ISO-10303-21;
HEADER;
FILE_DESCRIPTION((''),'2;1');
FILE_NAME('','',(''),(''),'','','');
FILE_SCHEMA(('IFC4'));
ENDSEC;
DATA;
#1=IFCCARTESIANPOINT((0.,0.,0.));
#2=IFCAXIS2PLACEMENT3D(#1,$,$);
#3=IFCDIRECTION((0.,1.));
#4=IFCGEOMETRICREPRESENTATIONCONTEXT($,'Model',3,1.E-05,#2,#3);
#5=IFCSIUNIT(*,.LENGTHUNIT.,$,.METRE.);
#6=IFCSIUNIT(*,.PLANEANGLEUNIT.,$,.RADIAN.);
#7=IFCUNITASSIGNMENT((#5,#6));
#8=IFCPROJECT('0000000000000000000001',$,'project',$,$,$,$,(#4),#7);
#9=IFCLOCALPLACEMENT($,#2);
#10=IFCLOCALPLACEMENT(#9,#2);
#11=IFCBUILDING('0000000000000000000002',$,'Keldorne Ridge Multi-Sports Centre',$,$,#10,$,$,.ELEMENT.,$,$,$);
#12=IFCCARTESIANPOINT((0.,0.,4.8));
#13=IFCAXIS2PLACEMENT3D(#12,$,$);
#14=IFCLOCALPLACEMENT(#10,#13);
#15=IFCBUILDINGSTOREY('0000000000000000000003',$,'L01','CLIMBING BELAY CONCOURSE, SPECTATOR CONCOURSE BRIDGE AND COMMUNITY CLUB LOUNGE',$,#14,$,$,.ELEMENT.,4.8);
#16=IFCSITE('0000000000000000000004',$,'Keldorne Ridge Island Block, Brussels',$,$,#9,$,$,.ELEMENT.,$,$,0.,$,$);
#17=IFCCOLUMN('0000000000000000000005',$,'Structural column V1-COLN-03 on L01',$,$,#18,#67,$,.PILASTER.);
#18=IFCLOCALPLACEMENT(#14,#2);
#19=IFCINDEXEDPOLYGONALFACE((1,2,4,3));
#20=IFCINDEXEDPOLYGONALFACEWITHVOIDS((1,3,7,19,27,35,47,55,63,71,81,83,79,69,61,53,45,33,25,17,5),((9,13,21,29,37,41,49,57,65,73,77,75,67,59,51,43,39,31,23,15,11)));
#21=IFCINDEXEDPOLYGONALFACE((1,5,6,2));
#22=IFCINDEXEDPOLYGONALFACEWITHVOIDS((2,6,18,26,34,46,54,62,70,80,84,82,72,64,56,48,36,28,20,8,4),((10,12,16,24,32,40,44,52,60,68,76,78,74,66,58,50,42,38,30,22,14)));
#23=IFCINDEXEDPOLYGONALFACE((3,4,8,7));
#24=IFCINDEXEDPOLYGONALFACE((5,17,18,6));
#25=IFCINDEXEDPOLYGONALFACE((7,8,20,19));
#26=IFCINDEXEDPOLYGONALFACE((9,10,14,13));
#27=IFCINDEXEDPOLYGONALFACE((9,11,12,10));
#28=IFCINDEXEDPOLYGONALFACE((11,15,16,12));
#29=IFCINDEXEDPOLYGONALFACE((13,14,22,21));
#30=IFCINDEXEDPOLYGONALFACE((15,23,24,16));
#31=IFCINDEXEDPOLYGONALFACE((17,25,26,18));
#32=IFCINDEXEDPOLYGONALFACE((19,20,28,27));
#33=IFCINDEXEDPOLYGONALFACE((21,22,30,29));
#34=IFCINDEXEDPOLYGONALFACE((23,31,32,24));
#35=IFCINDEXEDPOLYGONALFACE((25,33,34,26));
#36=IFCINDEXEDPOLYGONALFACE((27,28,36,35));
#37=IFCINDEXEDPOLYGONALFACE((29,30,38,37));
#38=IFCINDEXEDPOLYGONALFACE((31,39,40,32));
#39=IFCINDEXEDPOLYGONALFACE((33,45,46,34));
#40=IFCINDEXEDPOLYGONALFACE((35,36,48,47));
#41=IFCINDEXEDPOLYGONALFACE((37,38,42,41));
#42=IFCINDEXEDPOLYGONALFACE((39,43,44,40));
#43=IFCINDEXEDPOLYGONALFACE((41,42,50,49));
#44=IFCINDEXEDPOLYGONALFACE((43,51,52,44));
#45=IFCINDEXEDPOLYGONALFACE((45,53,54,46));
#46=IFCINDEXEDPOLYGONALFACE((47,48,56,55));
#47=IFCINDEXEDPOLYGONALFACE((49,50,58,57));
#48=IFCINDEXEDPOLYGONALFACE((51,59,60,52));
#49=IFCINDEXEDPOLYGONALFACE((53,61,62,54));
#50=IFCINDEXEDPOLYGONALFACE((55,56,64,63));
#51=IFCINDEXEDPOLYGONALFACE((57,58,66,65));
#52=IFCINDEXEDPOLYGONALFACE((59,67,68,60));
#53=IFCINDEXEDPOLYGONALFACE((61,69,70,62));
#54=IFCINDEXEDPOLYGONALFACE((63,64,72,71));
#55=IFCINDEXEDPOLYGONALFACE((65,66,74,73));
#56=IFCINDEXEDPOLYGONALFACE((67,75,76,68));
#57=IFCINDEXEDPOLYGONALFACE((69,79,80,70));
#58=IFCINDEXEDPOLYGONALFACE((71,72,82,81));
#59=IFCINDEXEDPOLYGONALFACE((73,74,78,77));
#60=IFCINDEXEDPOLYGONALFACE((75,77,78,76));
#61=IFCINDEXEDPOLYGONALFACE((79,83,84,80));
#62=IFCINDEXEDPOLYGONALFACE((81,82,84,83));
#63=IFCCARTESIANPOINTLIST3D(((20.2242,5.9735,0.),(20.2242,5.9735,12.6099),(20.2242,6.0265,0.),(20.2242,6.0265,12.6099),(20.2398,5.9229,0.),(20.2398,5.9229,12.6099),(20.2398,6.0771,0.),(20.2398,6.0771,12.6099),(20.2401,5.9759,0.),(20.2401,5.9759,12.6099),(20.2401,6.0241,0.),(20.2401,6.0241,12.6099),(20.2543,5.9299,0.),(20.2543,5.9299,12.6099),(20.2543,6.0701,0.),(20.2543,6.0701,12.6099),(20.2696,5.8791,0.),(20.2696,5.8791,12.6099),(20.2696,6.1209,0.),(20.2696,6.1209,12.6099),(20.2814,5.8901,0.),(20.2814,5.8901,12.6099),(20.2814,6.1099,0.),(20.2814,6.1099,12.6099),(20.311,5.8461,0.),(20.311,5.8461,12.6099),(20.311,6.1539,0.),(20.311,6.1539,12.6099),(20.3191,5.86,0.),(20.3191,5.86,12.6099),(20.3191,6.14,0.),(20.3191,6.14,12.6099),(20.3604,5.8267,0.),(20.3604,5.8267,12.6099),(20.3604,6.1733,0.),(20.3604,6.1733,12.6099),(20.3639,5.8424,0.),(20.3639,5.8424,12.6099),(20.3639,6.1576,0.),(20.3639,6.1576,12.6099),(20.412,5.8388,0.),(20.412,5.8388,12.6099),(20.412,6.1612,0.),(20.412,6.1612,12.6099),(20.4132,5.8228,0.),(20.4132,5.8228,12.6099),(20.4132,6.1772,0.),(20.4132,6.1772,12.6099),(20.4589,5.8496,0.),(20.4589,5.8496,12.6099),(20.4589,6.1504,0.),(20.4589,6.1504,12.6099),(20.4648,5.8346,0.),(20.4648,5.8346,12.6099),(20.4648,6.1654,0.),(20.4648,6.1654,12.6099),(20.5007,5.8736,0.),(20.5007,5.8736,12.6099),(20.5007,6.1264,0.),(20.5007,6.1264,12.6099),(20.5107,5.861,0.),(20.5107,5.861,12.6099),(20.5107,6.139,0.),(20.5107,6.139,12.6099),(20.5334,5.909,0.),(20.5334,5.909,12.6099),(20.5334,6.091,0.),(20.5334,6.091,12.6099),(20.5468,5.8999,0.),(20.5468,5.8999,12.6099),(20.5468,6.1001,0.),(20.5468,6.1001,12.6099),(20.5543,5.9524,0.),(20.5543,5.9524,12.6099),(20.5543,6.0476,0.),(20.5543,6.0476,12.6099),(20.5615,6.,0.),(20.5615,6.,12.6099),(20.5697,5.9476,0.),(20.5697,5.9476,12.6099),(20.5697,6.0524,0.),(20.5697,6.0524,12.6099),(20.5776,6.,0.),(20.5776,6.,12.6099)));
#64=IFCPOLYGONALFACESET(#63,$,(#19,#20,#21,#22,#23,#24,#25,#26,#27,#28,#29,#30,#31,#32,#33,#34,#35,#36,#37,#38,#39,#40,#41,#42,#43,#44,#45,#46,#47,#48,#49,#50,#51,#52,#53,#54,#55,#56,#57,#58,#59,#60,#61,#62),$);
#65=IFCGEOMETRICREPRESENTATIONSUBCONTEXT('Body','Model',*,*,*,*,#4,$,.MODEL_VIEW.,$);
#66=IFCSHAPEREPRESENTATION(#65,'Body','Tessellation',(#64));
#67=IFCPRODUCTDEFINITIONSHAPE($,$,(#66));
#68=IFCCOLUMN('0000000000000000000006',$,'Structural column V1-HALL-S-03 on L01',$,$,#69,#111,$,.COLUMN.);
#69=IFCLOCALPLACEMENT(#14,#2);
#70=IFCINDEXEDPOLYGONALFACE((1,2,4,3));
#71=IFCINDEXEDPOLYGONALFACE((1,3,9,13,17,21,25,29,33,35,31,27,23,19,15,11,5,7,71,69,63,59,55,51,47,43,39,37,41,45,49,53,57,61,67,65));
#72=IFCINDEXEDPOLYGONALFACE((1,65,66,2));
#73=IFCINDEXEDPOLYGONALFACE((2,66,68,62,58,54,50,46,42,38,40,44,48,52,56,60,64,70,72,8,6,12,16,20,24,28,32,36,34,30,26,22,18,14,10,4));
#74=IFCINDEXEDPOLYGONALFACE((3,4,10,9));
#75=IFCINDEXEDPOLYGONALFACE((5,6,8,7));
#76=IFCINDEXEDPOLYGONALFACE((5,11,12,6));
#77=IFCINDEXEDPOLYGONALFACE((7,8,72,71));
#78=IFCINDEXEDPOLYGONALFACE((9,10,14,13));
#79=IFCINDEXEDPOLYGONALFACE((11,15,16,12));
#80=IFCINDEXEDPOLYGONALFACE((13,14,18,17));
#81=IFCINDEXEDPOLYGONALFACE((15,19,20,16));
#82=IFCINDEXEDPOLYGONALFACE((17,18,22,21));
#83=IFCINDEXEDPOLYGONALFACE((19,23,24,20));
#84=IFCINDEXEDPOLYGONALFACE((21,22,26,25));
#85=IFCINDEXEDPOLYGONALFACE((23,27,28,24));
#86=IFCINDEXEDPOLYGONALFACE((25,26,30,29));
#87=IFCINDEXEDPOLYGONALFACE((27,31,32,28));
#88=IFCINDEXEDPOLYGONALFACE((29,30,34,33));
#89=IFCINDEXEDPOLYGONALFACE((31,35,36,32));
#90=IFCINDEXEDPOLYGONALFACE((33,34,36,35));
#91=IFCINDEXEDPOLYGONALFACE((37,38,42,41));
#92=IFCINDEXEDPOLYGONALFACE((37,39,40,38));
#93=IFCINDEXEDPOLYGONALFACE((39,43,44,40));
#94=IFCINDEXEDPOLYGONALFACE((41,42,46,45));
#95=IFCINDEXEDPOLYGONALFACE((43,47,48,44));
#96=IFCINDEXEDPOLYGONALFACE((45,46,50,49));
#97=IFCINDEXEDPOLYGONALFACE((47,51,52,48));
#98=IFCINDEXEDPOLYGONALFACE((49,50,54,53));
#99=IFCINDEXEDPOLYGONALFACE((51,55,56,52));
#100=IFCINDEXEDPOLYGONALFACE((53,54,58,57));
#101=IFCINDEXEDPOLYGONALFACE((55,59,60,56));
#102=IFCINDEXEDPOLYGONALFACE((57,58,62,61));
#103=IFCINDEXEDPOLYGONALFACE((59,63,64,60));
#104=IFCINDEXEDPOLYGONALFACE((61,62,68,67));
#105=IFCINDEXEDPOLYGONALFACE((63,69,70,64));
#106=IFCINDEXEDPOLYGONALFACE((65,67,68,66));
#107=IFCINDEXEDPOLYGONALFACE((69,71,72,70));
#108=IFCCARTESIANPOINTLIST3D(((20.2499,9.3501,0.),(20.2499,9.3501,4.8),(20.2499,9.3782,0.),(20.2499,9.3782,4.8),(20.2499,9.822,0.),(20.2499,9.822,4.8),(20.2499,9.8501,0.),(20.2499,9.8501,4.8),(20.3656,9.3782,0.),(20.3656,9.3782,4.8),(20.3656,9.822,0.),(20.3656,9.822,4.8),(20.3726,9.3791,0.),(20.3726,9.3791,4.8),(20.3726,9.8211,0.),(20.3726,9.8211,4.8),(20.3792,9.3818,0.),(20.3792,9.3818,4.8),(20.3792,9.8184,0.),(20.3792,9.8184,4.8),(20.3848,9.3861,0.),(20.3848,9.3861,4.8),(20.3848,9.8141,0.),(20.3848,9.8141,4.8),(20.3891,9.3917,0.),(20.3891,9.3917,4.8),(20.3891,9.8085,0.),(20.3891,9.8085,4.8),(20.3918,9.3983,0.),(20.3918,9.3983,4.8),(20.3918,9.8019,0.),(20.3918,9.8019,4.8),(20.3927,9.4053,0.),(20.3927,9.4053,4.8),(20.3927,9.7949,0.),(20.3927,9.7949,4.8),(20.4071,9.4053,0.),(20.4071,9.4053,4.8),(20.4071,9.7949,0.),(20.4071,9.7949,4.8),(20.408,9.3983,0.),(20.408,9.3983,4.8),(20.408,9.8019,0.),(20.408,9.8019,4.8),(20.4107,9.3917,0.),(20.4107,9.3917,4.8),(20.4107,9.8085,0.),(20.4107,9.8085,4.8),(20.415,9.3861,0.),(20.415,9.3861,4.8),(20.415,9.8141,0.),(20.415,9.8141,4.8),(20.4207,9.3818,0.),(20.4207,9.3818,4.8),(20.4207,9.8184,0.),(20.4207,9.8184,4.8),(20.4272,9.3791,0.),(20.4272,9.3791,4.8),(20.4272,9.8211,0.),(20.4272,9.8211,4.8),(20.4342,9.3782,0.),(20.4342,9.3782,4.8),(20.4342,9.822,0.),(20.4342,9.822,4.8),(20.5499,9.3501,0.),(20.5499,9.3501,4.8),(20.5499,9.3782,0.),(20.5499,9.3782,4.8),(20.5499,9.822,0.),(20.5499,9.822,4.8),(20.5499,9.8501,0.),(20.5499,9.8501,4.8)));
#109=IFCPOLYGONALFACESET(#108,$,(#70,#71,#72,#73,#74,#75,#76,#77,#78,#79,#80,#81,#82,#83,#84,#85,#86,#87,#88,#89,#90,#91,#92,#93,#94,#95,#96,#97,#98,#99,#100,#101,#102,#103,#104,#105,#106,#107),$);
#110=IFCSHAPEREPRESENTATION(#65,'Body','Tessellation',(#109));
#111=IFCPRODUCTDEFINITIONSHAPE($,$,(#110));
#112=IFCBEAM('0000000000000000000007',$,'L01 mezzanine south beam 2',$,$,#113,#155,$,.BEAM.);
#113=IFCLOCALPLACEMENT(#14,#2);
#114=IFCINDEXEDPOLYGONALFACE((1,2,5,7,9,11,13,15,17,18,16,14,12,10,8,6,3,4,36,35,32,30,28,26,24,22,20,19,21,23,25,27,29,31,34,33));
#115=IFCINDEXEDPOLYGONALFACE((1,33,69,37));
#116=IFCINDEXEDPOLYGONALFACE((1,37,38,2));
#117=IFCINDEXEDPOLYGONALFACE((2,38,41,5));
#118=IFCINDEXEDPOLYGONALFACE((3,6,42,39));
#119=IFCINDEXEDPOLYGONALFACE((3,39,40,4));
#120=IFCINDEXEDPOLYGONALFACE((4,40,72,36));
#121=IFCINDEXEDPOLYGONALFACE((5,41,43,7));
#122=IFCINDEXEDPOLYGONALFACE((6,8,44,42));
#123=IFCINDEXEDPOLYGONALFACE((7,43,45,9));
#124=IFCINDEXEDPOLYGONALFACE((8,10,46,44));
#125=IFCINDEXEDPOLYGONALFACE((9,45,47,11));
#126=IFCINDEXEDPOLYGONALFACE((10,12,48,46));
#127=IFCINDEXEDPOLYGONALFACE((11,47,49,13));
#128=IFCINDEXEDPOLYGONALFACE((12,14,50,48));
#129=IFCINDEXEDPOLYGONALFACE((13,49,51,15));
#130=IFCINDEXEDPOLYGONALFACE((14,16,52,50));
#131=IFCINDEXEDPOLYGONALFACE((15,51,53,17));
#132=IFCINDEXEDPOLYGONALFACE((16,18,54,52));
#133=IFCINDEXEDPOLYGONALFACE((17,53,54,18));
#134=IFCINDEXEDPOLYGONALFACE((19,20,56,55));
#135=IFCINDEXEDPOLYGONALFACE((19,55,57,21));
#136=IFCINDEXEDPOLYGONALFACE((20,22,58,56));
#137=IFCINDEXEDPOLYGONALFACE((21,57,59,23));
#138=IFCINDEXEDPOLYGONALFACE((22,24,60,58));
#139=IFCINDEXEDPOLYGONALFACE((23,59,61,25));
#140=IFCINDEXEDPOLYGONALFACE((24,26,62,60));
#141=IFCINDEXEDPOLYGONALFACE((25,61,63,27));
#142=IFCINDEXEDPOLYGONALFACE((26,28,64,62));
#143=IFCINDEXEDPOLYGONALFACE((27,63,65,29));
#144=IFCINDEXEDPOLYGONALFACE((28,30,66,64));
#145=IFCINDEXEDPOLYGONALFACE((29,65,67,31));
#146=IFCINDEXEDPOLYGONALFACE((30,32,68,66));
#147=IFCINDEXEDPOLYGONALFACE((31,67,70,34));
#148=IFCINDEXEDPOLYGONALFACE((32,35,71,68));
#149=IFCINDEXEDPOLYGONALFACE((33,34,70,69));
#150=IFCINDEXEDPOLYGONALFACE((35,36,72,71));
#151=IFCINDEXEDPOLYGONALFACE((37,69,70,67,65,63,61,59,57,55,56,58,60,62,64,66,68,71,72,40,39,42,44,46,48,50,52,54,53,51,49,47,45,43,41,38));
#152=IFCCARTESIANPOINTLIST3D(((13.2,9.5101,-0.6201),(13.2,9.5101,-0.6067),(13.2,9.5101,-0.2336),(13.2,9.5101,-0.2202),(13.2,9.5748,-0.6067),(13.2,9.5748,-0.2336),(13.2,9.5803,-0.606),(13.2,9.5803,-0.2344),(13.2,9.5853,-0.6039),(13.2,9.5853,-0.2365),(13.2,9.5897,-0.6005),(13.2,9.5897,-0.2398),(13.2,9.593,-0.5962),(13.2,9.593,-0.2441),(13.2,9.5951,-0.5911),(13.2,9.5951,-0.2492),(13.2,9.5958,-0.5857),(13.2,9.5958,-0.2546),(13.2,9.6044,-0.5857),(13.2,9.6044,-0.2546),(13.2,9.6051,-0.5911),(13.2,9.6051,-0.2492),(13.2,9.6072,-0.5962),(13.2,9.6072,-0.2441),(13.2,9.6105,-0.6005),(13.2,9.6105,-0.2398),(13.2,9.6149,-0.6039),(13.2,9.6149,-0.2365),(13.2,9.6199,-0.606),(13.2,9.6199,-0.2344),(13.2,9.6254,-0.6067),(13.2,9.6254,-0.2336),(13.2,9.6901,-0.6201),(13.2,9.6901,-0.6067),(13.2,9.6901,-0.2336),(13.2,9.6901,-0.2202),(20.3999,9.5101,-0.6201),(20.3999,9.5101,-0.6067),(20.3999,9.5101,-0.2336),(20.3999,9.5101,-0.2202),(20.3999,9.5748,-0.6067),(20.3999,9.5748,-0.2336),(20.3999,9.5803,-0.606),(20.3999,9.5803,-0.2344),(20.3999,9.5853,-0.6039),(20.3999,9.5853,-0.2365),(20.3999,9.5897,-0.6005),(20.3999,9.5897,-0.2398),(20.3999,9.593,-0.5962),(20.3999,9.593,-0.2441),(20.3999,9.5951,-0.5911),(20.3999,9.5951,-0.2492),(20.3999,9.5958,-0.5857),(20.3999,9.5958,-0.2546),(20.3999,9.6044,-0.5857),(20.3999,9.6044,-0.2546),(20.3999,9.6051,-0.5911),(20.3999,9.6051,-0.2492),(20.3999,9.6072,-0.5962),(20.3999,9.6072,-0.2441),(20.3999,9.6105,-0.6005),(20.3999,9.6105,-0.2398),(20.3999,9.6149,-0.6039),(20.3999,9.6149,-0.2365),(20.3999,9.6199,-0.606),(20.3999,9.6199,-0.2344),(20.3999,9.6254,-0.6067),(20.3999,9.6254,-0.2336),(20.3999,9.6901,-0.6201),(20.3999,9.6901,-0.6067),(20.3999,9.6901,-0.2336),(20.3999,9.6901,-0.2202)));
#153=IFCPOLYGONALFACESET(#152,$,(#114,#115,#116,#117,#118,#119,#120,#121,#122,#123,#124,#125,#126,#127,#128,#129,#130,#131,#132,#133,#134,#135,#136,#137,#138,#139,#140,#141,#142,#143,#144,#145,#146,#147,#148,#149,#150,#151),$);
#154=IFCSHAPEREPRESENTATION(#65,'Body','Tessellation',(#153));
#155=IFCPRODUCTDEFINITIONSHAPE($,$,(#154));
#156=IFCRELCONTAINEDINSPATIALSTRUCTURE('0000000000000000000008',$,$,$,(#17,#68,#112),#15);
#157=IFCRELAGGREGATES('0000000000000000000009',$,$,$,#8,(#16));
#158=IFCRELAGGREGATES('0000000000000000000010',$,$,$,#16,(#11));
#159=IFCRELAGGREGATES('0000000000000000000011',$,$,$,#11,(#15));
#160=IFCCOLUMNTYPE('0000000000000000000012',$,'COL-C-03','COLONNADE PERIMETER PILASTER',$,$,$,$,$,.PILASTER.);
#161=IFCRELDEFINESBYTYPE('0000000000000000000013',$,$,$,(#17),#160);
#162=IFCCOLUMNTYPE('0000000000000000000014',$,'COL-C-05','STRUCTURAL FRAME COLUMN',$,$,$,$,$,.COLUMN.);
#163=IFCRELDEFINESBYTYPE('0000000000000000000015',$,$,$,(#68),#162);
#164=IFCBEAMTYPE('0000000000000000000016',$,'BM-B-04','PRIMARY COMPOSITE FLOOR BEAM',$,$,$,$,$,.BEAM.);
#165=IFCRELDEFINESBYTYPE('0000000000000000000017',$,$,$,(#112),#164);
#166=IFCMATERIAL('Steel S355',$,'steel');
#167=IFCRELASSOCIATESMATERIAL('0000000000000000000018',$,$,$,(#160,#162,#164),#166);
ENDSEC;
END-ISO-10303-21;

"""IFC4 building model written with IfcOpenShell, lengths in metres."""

from ifc_helpers import new_model, si_unit, direction, frame, origin, origin_2d, place, context, subcontext, project, spatial, hollow_circle, i_section, extrude, material, material_profile, profile_set, type_object, element, save


model = new_model("IFC4")

# Units and contexts
model_context = context("Model", 3, precision=1e-05, world=origin(), true_north=direction((0.0, 1.0)))
body_context = subcontext(model_context, "Body", "Model", "MODEL_VIEW")
ifc_project = project(units=[si_unit("LENGTHUNIT", "METRE"), si_unit("PLANEANGLEUNIT", "RADIAN")], contexts=[model_context])

# Site, building, storey
site_placement = place(None, origin())
site = spatial("IfcSite", under=ifc_project, at=site_placement, Name="Keldorne Ridge Island Block, Brussels", CompositionType="ELEMENT", RefElevation=0.0)
building_placement = place(site_placement, origin())
building = spatial("IfcBuilding", under=site, at=building_placement, Name="Keldorne Ridge Multi-Sports Centre", CompositionType="ELEMENT")
storey_placement = place(building_placement, frame((0.0, 0.0, 4.8)))
storey = spatial("IfcBuildingStorey", under=building, at=storey_placement, Name="L01", Description="CLIMBING BELAY CONCOURSE, SPECTATOR CONCOURSE BRIDGE AND COMMUNITY CLUB LOUNGE", CompositionType="ELEMENT", Elevation=4.8)

# Columns
ifc_material_1 = material(Name="Steel S355", Category="steel")
ifc_material_profile_1 = material_profile(ifc_material_1, hollow_circle(Radius=0.1777, WallThickness=0.0161, at=origin_2d()), Name="CHS 355.6x16")
ifc_profile_set_1 = profile_set([ifc_material_profile_1], Name="Steel S355")
column_type_1 = type_object("IfcColumnType", Name="COL-C-03", Description="COLONNADE PERIMETER PILASTER", PredefinedType="PILASTER", material=ifc_profile_set_1)
column_1_placement = place(storey_placement, frame((20.3999, 6.0, 0.0), z_axis=(0.0, 0.0, 1.0), x_axis=(1.0, 0.0, 0.0)))
element("IfcColumn", 1, at=column_1_placement, inside=storey, type_object=column_type_1, Name="Structural column V1-COLN-03 on L01", PredefinedType="PILASTER", context=body_context, shape_type="SweptSolid", body=[
    extrude(hollow_circle(Radius=0.1777, WallThickness=0.0161, at=origin_2d()), origin(), (0.0, 0.0, 1.0), 12.6099),
])
ifc_material_profile_2 = material_profile(ifc_material_1, i_section(OverallWidth=0.3, OverallDepth=0.5, WebThickness=0.0144, FlangeThickness=0.0281, FilletRadius=0.0271, at=origin_2d()), Name="HEB 500")
ifc_profile_set_2 = profile_set([ifc_material_profile_2], Name="Steel S355")
column_type_2 = type_object("IfcColumnType", Name="COL-C-05", Description="STRUCTURAL FRAME COLUMN", PredefinedType="COLUMN", material=ifc_profile_set_2)
column_2_placement = place(storey_placement, frame((20.3999, 9.6001, 0.0), z_axis=(0.0, 0.0, 1.0), x_axis=(1.0, 0.0, 0.0)))
element("IfcColumn", 2, at=column_2_placement, inside=storey, type_object=column_type_2, Name="Structural column V1-HALL-S-03 on L01", PredefinedType="COLUMN", context=body_context, shape_type="SweptSolid", body=[
    extrude(i_section(OverallWidth=0.3, OverallDepth=0.5, WebThickness=0.0144, FlangeThickness=0.0281, FilletRadius=0.0271, at=origin_2d()), origin(), (0.0, 0.0, 1.0), 4.8),
])

# Beam
ifc_material_profile_3 = material_profile(ifc_material_1, i_section(OverallWidth=0.1799, OverallDepth=0.3999, WebThickness=0.0085, FlangeThickness=0.0134, FilletRadius=0.021, at=origin_2d()), Name="IPE 400")
ifc_profile_set_3 = profile_set([ifc_material_profile_3], Name="Steel S355")
beam_type_1 = type_object("IfcBeamType", Name="BM-B-04", Description="PRIMARY COMPOSITE FLOOR BEAM", PredefinedType="BEAM", material=ifc_profile_set_3)
beam_1_placement = place(storey_placement, frame((13.2, 9.6001, -0.4202), z_axis=(1.0, 0.0, 0.0), x_axis=(0.0, 1.0, 0.0)))
element("IfcBeam", 3, at=beam_1_placement, inside=storey, type_object=beam_type_1, Name="L01 mezzanine south beam 2", PredefinedType="BEAM", context=body_context, shape_type="SweptSolid", body=[
    extrude(i_section(OverallWidth=0.1799, OverallDepth=0.3999, WebThickness=0.0085, FlangeThickness=0.0134, FilletRadius=0.021, at=origin_2d()), origin(), (0.0, 0.0, 1.0), 7.2),
])

save(model, "model.ifc")
